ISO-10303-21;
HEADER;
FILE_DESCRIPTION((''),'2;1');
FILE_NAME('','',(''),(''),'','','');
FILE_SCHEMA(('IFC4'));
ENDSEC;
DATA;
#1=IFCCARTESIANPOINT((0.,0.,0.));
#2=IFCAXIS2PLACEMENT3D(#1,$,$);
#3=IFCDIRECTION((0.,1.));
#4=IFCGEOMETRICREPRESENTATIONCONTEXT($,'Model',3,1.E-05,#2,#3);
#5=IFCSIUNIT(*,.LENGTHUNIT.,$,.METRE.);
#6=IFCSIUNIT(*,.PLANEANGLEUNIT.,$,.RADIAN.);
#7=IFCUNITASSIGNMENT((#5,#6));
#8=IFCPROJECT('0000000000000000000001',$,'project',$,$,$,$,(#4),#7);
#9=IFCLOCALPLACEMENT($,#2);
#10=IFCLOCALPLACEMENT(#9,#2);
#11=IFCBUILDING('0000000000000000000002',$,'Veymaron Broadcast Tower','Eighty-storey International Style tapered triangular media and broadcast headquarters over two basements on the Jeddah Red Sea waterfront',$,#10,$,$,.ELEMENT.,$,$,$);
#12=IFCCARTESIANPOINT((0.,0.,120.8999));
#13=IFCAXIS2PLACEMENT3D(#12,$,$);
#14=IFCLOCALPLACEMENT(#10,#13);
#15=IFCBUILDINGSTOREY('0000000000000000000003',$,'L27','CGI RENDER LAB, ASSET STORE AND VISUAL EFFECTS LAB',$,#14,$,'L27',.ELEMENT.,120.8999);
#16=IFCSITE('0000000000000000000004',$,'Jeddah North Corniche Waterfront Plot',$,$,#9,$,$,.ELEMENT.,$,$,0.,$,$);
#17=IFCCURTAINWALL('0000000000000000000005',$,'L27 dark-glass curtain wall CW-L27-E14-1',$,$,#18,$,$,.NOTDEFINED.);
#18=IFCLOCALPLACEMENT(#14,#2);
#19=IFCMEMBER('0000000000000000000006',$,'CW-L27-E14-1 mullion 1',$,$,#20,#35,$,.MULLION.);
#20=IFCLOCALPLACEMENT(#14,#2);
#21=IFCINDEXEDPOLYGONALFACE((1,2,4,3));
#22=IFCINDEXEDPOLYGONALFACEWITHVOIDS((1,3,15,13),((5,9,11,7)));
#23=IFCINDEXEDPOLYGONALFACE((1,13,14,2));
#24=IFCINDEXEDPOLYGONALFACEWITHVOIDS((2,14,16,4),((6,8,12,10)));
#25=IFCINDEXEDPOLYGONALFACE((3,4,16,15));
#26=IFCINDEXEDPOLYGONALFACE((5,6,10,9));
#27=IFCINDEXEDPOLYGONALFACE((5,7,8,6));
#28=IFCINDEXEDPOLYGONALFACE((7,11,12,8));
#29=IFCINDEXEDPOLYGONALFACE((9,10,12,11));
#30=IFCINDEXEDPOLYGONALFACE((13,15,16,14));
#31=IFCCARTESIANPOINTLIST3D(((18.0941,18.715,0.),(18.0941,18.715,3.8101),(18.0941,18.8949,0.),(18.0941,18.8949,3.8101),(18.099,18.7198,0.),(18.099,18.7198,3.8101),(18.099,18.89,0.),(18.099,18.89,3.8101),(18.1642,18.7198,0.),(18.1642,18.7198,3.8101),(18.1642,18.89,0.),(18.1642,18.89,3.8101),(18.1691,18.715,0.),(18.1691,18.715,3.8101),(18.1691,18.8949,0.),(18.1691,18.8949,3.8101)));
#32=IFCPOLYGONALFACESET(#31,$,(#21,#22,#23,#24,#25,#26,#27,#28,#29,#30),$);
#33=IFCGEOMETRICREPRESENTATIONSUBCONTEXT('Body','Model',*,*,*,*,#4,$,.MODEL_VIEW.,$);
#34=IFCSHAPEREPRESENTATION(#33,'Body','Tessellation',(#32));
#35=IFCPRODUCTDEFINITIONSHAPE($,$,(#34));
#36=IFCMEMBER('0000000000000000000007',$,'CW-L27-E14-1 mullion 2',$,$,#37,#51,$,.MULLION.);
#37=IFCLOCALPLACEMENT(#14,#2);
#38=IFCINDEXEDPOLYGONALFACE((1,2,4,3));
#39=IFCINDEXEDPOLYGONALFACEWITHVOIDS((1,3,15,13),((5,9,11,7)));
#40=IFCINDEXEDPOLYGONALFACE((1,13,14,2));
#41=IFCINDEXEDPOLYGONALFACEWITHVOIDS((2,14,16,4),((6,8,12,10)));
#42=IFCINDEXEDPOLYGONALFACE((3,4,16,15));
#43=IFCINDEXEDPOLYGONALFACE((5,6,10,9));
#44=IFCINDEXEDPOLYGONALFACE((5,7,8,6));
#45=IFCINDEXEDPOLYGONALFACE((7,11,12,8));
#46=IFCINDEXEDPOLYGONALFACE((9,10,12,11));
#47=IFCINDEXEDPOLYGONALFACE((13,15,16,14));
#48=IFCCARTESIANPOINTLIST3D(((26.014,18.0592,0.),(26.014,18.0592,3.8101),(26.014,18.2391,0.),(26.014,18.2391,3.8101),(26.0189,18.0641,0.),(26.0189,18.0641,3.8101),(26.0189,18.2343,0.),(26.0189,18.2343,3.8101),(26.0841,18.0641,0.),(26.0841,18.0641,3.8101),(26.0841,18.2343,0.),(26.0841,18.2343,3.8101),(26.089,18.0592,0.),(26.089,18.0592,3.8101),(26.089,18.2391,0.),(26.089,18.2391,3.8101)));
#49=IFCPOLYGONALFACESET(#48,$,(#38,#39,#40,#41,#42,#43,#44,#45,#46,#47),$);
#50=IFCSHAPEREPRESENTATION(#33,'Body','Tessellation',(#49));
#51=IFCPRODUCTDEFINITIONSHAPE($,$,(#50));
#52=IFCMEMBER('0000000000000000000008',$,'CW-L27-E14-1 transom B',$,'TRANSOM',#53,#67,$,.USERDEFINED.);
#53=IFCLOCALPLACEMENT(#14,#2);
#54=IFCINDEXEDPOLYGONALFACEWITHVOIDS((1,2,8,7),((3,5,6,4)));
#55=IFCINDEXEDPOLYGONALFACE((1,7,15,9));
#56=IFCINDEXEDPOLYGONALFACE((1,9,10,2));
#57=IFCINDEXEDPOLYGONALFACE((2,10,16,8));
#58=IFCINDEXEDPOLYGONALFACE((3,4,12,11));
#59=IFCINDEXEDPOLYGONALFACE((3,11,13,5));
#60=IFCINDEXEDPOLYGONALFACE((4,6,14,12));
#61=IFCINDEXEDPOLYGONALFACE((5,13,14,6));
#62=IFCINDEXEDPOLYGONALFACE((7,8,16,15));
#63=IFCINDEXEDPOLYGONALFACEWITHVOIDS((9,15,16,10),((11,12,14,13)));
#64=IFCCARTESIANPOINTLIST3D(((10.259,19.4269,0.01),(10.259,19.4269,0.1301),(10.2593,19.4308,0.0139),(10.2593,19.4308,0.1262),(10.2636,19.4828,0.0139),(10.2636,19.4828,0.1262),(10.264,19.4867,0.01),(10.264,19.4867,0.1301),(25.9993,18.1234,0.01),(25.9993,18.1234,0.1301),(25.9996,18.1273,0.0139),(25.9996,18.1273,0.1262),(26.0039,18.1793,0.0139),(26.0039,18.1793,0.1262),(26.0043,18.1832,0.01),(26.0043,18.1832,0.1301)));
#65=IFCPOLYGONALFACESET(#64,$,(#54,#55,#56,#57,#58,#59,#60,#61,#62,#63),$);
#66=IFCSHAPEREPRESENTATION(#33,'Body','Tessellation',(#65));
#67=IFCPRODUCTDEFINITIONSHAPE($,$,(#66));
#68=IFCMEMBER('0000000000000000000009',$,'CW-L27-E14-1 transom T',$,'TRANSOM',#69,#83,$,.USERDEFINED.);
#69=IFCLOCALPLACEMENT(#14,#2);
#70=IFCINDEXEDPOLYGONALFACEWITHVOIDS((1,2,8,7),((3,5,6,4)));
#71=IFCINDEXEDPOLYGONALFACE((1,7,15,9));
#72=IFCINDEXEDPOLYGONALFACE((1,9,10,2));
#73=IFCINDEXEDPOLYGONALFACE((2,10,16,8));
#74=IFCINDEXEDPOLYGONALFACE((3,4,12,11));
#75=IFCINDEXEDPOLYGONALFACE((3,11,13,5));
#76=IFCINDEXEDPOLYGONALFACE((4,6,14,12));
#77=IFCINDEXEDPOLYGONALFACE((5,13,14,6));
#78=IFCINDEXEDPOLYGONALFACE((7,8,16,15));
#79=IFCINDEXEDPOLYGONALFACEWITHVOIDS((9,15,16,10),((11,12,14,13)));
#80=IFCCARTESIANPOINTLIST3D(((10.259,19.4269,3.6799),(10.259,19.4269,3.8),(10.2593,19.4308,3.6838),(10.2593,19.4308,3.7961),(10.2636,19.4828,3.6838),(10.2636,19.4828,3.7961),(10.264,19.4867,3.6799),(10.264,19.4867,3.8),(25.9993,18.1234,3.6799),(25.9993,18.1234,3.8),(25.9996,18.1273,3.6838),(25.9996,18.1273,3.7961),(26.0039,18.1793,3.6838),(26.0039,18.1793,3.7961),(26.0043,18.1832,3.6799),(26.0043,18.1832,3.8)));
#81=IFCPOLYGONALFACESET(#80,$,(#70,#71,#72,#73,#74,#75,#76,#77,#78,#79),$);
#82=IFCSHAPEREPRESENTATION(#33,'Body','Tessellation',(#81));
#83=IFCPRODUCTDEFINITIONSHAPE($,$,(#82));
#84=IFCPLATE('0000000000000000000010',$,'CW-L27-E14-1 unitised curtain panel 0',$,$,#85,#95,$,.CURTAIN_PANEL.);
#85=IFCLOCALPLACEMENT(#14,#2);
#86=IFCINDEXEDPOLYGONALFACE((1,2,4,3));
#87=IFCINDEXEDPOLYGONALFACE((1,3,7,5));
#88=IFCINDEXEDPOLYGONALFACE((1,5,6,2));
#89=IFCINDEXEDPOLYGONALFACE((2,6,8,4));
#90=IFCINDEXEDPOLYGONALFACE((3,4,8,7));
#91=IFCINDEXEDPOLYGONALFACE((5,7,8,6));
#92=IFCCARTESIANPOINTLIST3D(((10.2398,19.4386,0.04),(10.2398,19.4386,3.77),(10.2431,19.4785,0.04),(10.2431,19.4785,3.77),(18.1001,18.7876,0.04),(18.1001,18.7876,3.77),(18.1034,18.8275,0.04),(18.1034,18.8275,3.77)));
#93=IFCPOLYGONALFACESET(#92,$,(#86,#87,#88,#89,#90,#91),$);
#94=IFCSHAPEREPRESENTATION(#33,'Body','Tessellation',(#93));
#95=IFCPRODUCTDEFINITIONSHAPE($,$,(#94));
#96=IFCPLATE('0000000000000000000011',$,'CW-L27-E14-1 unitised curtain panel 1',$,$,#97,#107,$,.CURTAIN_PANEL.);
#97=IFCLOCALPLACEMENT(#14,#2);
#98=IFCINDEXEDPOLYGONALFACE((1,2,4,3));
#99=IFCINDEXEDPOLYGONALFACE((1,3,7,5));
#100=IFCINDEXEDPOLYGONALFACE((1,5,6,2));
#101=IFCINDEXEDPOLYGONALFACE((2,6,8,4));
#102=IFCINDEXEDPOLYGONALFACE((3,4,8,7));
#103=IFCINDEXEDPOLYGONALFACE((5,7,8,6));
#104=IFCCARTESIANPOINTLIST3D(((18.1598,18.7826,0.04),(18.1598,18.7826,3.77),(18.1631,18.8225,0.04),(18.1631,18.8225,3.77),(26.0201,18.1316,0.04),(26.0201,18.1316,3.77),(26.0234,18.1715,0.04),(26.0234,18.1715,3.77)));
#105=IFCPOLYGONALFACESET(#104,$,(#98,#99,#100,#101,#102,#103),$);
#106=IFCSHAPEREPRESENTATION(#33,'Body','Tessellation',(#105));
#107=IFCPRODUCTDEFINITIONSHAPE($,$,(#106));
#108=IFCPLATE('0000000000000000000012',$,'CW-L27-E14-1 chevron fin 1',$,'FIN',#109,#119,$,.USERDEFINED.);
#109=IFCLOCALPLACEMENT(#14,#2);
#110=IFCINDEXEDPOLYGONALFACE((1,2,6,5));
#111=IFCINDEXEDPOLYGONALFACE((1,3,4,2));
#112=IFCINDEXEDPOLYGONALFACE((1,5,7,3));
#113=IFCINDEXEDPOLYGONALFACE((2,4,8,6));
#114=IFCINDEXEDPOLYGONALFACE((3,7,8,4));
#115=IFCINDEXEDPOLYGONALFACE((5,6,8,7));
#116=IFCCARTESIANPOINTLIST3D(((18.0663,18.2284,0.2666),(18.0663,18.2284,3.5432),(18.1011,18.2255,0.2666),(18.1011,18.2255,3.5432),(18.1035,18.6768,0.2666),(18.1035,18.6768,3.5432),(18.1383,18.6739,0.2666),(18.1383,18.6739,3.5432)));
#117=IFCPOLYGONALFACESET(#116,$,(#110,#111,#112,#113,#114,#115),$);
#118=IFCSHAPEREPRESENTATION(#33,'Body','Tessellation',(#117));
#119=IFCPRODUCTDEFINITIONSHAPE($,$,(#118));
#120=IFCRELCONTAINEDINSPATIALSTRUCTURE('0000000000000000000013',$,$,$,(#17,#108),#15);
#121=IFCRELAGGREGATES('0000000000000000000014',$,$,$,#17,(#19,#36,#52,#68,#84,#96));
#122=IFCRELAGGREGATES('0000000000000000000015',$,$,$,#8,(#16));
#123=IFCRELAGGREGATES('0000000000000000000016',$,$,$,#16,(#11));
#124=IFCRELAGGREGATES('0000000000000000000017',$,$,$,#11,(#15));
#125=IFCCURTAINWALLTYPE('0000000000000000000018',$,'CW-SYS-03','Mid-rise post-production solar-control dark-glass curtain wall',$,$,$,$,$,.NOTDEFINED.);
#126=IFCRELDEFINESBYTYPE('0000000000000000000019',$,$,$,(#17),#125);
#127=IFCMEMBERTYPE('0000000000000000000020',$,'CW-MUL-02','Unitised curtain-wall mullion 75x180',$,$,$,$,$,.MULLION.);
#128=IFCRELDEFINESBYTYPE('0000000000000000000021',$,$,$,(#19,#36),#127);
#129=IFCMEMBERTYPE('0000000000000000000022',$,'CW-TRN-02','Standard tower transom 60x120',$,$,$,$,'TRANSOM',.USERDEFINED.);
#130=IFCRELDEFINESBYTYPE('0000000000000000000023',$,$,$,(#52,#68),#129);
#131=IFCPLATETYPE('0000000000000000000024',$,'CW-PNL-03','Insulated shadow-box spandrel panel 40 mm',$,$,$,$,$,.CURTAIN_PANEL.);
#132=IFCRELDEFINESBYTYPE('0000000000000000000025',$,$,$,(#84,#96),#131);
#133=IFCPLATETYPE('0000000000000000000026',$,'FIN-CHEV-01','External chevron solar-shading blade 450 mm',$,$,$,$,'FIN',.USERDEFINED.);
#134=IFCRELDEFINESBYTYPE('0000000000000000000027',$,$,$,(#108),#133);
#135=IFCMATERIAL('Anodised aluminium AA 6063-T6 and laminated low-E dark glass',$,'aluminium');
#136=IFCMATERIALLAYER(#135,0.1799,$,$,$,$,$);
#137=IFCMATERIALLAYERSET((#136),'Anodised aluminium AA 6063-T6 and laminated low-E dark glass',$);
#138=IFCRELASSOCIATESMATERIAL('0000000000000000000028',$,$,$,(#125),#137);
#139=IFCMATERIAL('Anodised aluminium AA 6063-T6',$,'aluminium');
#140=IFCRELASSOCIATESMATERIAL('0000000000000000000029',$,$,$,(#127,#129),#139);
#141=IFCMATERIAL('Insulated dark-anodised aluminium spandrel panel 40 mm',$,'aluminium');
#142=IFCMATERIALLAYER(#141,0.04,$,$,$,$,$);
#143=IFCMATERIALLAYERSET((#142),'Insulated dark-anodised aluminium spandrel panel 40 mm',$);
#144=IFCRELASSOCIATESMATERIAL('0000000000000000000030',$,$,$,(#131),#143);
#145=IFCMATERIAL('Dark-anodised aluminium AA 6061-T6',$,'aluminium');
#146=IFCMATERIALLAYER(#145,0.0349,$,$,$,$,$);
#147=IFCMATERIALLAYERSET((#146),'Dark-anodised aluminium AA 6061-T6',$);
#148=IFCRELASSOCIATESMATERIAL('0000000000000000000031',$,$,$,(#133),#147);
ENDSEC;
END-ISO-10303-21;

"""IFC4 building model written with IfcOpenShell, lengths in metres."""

from ifc_helpers import new_model, si_unit, direction, frame, origin, origin_2d, place, context, subcontext, project, spatial, rectangle, hollow_rectangle, extrude, material, layer, layer_set, material_profile, profile_set, type_object, element, aggregate, save


model = new_model("IFC4")

# Units and contexts
model_context = context("Model", 3, precision=1e-05, world=origin(), true_north=direction((0.0, 1.0)))
body_context = subcontext(model_context, "Body", "Model", "MODEL_VIEW")
ifc_project = project(units=[si_unit("LENGTHUNIT", "METRE"), si_unit("PLANEANGLEUNIT", "RADIAN")], contexts=[model_context])

# Site, building, storey
site_placement = place(None, origin())
site = spatial("IfcSite", under=ifc_project, at=site_placement, Name="Jeddah North Corniche Waterfront Plot", CompositionType="ELEMENT", RefElevation=0.0)
building_placement = place(site_placement, origin())
building = spatial("IfcBuilding", under=site, at=building_placement, Name="Veymaron Broadcast Tower", Description="Eighty-storey International Style tapered triangular media and broadcast headquarters over two basements on the Jeddah Red Sea waterfront", CompositionType="ELEMENT")
storey_placement = place(building_placement, frame((0.0, 0.0, 120.8999)))
storey = spatial("IfcBuildingStorey", under=building, at=storey_placement, Name="L27", Description="CGI RENDER LAB, ASSET STORE AND VISUAL EFFECTS LAB", LongName="L27", CompositionType="ELEMENT", Elevation=120.8999)

# Curtain wall, members, plates
ifc_material_1 = material(Name="Anodised aluminium AA 6063-T6 and laminated low-E dark glass", Category="aluminium")
ifc_layer_1 = layer(ifc_material_1, 0.1799)
ifc_layer_set_1 = layer_set([ifc_layer_1], Name="Anodised aluminium AA 6063-T6 and laminated low-E dark glass")
curtain_wall_type = type_object("IfcCurtainWallType", Name="CW-SYS-03", Description="Mid-rise post-production solar-control dark-glass curtain wall", PredefinedType="NOTDEFINED", material=ifc_layer_set_1)
curtain_wall_placement = place(storey_placement, origin())
curtain_wall = element("IfcCurtainWall", 1, at=curtain_wall_placement, inside=storey, type_object=curtain_wall_type, Name="L27 dark-glass curtain wall CW-L27-E14-1", PredefinedType="NOTDEFINED")
ifc_material_2 = material(Name="Anodised aluminium AA 6063-T6", Category="aluminium")
ifc_material_profile_1 = material_profile(ifc_material_2, hollow_rectangle(XDim=0.075, YDim=0.1799, WallThickness=0.0049, at=origin_2d()), Name="AL180X75X5")
ifc_profile_set_1 = profile_set([ifc_material_profile_1], Name="Anodised aluminium AA 6063-T6")
member_type_1 = type_object("IfcMemberType", Name="CW-MUL-02", Description="Unitised curtain-wall mullion 75x180", PredefinedType="MULLION", material=ifc_profile_set_1)
member_1_placement = place(storey_placement, frame((18.1316, 18.8049, 0.0), z_axis=(0.0, 0.0, 1.0), x_axis=(1.0, 0.0, 0.0)))
member_1 = element("IfcMember", 2, at=member_1_placement, type_object=member_type_1, Name="CW-L27-E14-1 mullion 1", PredefinedType="MULLION", context=body_context, shape_type="SweptSolid", body=[
    extrude(hollow_rectangle(XDim=0.075, YDim=0.1799, WallThickness=0.0049, at=origin_2d()), origin(), (0.0, 0.0, 1.0), 3.8101),
])
member_2_placement = place(storey_placement, frame((26.0515, 18.1492, 0.0), z_axis=(0.0, 0.0, 1.0), x_axis=(1.0, 0.0, 0.0)))
member_2 = element("IfcMember", 3, at=member_2_placement, type_object=member_type_1, Name="CW-L27-E14-1 mullion 2", PredefinedType="MULLION", context=body_context, shape_type="SweptSolid", body=[
    extrude(hollow_rectangle(XDim=0.075, YDim=0.1799, WallThickness=0.0049, at=origin_2d()), origin(), (0.0, 0.0, 1.0), 3.8101),
])
ifc_material_profile_2 = material_profile(ifc_material_2, hollow_rectangle(XDim=0.0601, YDim=0.1201, WallThickness=0.0039, at=origin_2d()), Name="AL120X60X4")
ifc_profile_set_2 = profile_set([ifc_material_profile_2], Name="Anodised aluminium AA 6063-T6")
member_type_2 = type_object("IfcMemberType", Name="CW-TRN-02", Description="Standard tower transom 60x120", ElementType="TRANSOM", PredefinedType="USERDEFINED", material=ifc_profile_set_2)
member_3_placement = place(storey_placement, frame((10.2615, 19.4568, 0.0701), z_axis=(0.996589, -0.082529, 0.0), x_axis=(0.082529, 0.996589, 0.0)))
member_3 = element("IfcMember", 4, at=member_3_placement, type_object=member_type_2, Name="CW-L27-E14-1 transom B", ObjectType="TRANSOM", PredefinedType="USERDEFINED", context=body_context, shape_type="SweptSolid", body=[
    extrude(hollow_rectangle(XDim=0.0601, YDim=0.1201, WallThickness=0.0039, at=origin_2d()), origin(), (0.0, 0.0, 1.0), 15.7942),
])
member_4_placement = place(storey_placement, frame((10.2615, 19.4568, 3.74), z_axis=(0.996589, -0.082529, 0.0), x_axis=(0.082529, 0.996589, 0.0)))
member_4 = element("IfcMember", 5, at=member_4_placement, type_object=member_type_2, Name="CW-L27-E14-1 transom T", ObjectType="TRANSOM", PredefinedType="USERDEFINED", context=body_context, shape_type="SweptSolid", body=[
    extrude(hollow_rectangle(XDim=0.0601, YDim=0.1201, WallThickness=0.0039, at=origin_2d()), origin(), (0.0, 0.0, 1.0), 15.7942),
])
ifc_material_3 = material(Name="Insulated dark-anodised aluminium spandrel panel 40 mm", Category="aluminium")
ifc_layer_2 = layer(ifc_material_3, 0.04)
ifc_layer_set_2 = layer_set([ifc_layer_2], Name="Insulated dark-anodised aluminium spandrel panel 40 mm")
plate_type_1 = type_object("IfcPlateType", Name="CW-PNL-03", Description="Insulated shadow-box spandrel panel 40 mm", PredefinedType="CURTAIN_PANEL", material=ifc_layer_set_2)
plate_1_placement = place(storey_placement, frame((14.1716, 19.1331, 0.04), z_axis=(0.0, 0.0, 1.0), x_axis=(0.996589, -0.08253, 0.0)))
plate_1 = element("IfcPlate", 6, at=plate_1_placement, type_object=plate_type_1, Name="CW-L27-E14-1 unitised curtain panel 0", PredefinedType="CURTAIN_PANEL", context=body_context, shape_type="SweptSolid", body=[
    extrude(rectangle(XDim=7.8872, YDim=0.04, at=origin_2d()), origin(), (0.0, 0.0, 1.0), 3.73),
])
plate_2_placement = place(storey_placement, frame((22.0916, 18.4771, 0.04), z_axis=(0.0, 0.0, 1.0), x_axis=(0.996589, -0.08253, 0.0)))
plate_2 = element("IfcPlate", 7, at=plate_2_placement, type_object=plate_type_1, Name="CW-L27-E14-1 unitised curtain panel 1", PredefinedType="CURTAIN_PANEL", context=body_context, shape_type="SweptSolid", body=[
    extrude(rectangle(XDim=7.8872, YDim=0.04, at=origin_2d()), origin(), (0.0, 0.0, 1.0), 3.73),
])
aggregate(curtain_wall, [member_1, member_2, member_3, member_4, plate_1, plate_2])

# Plate
ifc_material_4 = material(Name="Dark-anodised aluminium AA 6061-T6", Category="aluminium")
ifc_layer_3 = layer(ifc_material_4, 0.0349)
ifc_layer_set_3 = layer_set([ifc_layer_3], Name="Dark-anodised aluminium AA 6061-T6")
plate_type_2 = type_object("IfcPlateType", Name="FIN-CHEV-01", Description="External chevron solar-shading blade 450 mm", ElementType="FIN", PredefinedType="USERDEFINED", material=ifc_layer_set_3)
plate_3_placement = place(storey_placement, frame((18.1023, 18.4512, 0.2666), z_axis=(0.0, 0.0, 1.0), x_axis=(-0.08253, -0.996589, 0.0)))
element("IfcPlate", 8, at=plate_3_placement, inside=storey, type_object=plate_type_2, Name="CW-L27-E14-1 chevron fin 1", ObjectType="FIN", PredefinedType="USERDEFINED", context=body_context, shape_type="SweptSolid", body=[
    extrude(rectangle(XDim=0.45, YDim=0.0349, at=origin_2d()), origin(), (0.0, 0.0, 1.0), 3.2766),
])

save(model, "model.ifc")
